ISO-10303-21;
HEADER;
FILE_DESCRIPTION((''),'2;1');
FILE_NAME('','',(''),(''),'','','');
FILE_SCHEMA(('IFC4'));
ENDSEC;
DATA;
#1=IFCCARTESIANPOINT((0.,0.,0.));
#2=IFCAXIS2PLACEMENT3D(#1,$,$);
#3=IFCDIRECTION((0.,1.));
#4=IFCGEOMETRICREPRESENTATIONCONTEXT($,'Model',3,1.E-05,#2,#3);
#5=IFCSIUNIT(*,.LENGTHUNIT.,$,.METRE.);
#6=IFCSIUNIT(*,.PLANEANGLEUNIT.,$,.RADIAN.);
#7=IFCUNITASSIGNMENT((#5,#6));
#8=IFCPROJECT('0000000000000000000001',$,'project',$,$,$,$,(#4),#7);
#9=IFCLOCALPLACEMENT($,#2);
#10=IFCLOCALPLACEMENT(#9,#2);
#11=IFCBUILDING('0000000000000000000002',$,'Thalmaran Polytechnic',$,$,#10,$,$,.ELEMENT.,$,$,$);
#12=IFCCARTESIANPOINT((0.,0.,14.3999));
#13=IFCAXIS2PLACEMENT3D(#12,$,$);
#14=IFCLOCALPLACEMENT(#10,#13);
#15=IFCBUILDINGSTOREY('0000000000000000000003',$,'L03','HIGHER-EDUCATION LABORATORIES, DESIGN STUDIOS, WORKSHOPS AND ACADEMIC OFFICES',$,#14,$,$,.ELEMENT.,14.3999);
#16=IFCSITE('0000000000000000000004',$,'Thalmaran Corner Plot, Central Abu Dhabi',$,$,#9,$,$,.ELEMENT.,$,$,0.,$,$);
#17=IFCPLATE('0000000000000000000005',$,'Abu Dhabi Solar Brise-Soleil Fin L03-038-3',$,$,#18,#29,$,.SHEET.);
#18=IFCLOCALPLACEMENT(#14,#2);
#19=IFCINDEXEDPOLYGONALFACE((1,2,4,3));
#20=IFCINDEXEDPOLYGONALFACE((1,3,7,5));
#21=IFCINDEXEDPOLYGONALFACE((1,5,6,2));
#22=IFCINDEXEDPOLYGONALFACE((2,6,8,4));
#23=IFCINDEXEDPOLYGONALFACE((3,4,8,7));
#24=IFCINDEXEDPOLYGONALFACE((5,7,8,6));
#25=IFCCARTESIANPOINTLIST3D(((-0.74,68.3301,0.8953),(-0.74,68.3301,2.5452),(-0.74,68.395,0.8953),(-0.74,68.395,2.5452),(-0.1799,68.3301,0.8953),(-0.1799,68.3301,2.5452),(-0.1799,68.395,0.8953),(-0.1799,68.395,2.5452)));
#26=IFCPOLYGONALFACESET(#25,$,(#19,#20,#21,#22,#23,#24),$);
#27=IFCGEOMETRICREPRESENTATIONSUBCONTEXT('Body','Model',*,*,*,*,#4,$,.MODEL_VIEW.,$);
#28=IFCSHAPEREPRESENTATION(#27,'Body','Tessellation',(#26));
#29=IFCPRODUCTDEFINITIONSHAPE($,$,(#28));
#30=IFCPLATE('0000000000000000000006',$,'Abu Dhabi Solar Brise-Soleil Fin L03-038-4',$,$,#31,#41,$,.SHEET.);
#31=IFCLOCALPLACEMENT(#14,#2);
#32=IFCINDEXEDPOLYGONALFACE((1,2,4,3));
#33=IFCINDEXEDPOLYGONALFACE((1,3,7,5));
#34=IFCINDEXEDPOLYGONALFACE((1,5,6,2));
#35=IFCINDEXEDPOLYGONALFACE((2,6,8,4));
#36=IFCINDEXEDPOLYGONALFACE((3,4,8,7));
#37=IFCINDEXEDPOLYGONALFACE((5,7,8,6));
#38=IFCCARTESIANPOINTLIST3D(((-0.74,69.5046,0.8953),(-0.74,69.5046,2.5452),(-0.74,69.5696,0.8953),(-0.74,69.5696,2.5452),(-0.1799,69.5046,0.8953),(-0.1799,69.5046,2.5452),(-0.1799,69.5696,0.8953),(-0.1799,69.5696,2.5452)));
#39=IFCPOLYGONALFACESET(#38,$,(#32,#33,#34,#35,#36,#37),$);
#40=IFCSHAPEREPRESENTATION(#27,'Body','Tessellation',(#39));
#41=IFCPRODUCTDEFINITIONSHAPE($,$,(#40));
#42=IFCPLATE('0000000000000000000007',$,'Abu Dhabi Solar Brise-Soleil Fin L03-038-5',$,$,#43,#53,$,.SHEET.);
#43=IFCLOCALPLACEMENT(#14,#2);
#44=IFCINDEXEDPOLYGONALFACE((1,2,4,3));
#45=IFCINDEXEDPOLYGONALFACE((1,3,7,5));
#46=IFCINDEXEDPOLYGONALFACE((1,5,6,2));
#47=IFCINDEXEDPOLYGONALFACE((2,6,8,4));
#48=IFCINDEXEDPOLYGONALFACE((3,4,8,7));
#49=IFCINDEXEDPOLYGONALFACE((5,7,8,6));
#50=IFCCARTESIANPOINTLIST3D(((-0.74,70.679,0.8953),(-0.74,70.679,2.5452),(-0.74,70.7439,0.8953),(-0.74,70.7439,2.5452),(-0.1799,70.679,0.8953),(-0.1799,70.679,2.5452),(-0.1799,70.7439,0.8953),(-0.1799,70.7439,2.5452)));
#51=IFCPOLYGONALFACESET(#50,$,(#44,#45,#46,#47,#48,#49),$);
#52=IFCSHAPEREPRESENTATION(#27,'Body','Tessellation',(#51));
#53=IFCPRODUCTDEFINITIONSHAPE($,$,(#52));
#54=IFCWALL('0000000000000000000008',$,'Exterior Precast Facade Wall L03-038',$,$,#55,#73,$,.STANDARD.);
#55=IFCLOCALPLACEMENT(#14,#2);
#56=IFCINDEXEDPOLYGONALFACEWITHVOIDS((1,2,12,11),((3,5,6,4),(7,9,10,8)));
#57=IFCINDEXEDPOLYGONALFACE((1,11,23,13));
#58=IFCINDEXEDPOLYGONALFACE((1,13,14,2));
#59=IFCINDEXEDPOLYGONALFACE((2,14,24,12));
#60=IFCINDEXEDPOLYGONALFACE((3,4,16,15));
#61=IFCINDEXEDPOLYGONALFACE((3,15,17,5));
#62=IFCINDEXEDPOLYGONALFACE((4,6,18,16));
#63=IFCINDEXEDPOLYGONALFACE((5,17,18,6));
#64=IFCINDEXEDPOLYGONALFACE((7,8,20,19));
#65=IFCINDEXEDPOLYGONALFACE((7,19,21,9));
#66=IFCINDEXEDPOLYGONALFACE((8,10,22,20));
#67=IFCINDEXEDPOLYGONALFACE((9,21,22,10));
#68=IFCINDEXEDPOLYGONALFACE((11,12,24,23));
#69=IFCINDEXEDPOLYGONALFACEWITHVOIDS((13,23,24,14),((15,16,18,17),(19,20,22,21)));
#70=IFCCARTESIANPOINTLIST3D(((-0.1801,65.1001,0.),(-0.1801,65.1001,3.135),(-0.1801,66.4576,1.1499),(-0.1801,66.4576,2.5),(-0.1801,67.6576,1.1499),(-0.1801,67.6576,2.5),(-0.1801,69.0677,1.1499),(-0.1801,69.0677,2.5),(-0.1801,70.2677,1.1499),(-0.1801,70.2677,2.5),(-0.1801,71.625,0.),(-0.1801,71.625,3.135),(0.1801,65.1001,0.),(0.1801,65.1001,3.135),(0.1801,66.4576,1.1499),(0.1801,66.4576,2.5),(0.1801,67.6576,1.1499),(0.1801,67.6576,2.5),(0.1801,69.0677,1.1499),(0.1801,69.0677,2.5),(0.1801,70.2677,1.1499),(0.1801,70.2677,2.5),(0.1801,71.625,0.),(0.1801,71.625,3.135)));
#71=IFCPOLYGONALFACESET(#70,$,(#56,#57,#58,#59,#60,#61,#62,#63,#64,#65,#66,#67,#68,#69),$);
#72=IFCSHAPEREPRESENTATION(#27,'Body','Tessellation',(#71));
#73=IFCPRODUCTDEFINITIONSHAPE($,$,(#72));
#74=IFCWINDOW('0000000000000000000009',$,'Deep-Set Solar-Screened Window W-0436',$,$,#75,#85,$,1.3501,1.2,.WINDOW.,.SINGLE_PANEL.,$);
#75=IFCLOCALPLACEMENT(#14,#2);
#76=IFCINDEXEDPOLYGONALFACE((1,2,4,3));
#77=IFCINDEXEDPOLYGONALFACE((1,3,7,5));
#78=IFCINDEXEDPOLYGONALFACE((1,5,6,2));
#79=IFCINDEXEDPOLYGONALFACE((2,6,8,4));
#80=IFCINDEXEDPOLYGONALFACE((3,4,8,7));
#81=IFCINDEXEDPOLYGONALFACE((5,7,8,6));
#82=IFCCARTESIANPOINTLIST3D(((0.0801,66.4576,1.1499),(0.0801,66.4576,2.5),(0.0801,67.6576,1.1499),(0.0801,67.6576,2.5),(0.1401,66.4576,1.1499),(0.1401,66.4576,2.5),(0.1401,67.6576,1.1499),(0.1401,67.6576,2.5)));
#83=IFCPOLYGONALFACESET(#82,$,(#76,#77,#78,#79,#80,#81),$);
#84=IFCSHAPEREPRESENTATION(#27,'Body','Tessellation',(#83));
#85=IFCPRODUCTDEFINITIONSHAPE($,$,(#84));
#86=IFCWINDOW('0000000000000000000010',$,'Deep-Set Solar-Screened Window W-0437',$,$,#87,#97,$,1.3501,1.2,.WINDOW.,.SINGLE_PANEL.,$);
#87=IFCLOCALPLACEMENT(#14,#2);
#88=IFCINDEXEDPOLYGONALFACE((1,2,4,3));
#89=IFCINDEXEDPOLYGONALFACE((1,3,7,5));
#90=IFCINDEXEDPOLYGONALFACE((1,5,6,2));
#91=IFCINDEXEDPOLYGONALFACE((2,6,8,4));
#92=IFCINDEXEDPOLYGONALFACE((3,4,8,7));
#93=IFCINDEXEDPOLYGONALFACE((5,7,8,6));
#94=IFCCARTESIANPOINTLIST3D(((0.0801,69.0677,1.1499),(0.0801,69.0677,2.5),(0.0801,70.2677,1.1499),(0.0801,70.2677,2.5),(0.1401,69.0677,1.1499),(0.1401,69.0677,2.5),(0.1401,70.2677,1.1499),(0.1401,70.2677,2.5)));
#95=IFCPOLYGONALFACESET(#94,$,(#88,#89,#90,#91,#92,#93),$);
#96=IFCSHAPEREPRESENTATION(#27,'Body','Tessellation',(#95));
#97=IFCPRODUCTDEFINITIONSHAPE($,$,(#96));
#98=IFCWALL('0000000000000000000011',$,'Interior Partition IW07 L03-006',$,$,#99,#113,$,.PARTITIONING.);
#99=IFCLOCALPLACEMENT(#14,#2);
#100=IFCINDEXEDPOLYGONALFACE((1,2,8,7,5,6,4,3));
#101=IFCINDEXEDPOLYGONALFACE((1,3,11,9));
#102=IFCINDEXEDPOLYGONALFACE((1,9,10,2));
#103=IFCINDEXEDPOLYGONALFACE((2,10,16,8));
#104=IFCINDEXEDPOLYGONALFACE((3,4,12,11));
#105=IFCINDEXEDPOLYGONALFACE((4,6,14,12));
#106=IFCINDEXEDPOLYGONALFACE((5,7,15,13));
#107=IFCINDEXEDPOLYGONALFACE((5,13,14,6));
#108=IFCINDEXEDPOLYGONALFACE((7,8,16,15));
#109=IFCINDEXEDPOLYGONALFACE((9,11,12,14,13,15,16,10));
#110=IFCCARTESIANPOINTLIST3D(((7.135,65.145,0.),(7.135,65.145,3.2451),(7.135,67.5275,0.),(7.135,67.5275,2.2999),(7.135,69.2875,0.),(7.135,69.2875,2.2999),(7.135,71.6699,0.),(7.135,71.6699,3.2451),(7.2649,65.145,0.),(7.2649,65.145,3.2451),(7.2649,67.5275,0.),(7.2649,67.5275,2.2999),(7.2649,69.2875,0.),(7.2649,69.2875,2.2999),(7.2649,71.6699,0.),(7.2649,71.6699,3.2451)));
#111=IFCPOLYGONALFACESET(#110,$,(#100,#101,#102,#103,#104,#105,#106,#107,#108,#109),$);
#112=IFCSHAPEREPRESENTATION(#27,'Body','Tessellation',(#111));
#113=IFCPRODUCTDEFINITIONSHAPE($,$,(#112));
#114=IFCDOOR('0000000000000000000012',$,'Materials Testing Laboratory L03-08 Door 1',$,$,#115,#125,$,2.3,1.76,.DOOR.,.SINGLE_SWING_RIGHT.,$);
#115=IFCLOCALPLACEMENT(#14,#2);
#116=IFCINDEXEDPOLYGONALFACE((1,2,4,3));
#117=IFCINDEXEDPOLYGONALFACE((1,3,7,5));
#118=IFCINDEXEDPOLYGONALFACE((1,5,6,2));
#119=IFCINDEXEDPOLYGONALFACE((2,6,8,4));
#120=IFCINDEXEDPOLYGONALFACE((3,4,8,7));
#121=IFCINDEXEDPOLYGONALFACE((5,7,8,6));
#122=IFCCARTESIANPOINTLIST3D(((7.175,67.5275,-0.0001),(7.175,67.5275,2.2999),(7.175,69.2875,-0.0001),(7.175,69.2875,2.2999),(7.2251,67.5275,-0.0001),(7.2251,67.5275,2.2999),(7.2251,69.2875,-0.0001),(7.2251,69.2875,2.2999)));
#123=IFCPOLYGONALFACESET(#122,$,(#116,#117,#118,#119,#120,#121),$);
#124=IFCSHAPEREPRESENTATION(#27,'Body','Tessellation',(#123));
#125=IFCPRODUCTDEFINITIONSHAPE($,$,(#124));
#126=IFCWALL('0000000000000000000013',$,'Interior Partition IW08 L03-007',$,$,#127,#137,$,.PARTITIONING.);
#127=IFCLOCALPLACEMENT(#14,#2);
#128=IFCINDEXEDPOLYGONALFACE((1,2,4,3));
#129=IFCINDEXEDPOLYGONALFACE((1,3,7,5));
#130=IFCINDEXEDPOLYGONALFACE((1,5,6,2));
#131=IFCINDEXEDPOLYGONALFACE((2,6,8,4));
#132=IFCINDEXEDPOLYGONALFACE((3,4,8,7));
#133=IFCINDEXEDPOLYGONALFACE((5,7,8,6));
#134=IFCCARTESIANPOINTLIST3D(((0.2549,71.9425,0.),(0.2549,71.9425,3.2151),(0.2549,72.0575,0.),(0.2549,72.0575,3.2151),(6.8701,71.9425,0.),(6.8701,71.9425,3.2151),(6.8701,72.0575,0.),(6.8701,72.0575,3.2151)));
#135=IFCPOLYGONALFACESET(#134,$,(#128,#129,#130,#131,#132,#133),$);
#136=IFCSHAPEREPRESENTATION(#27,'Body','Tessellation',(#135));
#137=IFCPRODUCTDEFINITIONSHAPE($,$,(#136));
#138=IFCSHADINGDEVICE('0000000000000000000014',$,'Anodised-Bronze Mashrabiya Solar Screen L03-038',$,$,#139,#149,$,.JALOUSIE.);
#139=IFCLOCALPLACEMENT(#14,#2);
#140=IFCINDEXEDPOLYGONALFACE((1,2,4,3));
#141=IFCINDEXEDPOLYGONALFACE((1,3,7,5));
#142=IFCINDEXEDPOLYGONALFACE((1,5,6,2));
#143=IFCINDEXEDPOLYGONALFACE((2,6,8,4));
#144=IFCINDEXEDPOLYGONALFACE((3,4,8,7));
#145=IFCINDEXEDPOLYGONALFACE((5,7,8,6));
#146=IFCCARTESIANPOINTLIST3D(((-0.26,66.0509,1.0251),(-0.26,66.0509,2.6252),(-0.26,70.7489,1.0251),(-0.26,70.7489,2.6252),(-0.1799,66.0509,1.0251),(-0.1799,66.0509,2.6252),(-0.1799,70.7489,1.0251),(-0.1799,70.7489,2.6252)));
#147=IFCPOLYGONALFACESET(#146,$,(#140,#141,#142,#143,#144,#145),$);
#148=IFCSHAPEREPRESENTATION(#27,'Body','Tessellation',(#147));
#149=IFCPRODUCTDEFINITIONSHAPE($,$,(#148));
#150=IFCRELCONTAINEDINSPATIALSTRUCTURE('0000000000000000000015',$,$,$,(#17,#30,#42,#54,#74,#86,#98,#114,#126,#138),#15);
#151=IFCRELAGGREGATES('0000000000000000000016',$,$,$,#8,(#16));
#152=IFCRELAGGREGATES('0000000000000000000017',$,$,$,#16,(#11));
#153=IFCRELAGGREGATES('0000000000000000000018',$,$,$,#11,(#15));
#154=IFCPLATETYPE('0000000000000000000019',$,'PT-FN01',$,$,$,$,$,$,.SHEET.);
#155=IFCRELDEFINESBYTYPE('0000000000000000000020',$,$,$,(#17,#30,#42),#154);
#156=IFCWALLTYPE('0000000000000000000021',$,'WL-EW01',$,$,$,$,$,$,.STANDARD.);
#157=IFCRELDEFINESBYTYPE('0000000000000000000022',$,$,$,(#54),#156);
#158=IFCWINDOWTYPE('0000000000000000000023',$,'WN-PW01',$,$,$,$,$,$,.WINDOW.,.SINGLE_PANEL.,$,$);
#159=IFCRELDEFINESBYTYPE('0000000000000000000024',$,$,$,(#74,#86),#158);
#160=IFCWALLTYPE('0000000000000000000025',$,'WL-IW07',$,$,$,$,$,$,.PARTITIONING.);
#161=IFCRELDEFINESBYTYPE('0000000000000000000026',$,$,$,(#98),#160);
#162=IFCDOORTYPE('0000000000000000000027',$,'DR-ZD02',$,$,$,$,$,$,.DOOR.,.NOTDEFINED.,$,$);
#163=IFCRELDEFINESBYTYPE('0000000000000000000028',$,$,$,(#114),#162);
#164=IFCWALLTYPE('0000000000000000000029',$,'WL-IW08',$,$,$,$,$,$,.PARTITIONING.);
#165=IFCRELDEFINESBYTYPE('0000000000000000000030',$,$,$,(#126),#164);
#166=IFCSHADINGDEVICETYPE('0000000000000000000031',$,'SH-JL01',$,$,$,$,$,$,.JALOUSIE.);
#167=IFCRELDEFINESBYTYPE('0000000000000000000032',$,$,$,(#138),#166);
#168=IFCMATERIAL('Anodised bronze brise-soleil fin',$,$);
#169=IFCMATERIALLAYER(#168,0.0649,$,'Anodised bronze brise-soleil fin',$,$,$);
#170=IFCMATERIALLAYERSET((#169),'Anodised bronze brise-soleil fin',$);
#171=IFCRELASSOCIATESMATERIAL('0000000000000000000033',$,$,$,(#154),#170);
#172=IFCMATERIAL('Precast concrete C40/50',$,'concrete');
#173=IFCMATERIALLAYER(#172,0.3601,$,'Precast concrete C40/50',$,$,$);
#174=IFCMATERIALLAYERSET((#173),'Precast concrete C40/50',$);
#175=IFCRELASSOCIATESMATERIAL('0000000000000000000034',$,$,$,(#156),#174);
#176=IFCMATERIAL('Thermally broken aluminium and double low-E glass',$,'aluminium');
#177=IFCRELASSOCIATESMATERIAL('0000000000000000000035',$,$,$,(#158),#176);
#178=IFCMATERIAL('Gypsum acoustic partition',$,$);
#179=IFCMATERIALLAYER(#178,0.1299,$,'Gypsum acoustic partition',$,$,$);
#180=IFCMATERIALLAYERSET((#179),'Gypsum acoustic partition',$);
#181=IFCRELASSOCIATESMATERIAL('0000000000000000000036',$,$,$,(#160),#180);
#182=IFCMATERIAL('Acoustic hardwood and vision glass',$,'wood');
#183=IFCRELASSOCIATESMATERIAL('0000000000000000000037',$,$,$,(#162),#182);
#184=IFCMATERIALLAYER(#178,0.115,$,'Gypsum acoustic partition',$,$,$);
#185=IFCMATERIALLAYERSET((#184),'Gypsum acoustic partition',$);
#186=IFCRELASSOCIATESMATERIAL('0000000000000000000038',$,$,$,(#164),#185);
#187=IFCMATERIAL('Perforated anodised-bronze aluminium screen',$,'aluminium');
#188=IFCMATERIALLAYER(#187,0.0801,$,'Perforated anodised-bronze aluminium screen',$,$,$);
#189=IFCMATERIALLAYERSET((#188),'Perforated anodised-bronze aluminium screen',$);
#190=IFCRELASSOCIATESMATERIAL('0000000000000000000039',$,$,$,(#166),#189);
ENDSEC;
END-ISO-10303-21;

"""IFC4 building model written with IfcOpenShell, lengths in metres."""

from ifc_helpers import new_model, si_unit, direction, frame, frame_2d, origin, origin_2d, place, context, subcontext, project, spatial, rectangle, extrude, material, layer, layer_set, type_object, element, fill, save


model = new_model("IFC4")

# Units and contexts
model_context = context("Model", 3, precision=1e-05, world=origin(), true_north=direction((0.0, 1.0)))
body_context = subcontext(model_context, "Body", "Model", "MODEL_VIEW")
ifc_project = project(units=[si_unit("LENGTHUNIT", "METRE"), si_unit("PLANEANGLEUNIT", "RADIAN")], contexts=[model_context])

# Site, building, storey
site_placement = place(None, origin())
site = spatial("IfcSite", under=ifc_project, at=site_placement, Name="Thalmaran Corner Plot, Central Abu Dhabi", CompositionType="ELEMENT", RefElevation=0.0)
building_placement = place(site_placement, origin())
building = spatial("IfcBuilding", under=site, at=building_placement, Name="Thalmaran Polytechnic", CompositionType="ELEMENT")
storey_placement = place(building_placement, frame((0.0, 0.0, 14.3999)))
storey = spatial("IfcBuildingStorey", under=building, at=storey_placement, Name="L03", Description="HIGHER-EDUCATION LABORATORIES, DESIGN STUDIOS, WORKSHOPS AND ACADEMIC OFFICES", CompositionType="ELEMENT", Elevation=14.3999)

# Plates
ifc_material_1 = material(Name="Anodised bronze brise-soleil fin")
ifc_layer_1 = layer(ifc_material_1, 0.0649, Name="Anodised bronze brise-soleil fin")
ifc_layer_set_1 = layer_set([ifc_layer_1], Name="Anodised bronze brise-soleil fin")
plate_type_1 = type_object("IfcPlateType", Name="PT-FN01", PredefinedType="SHEET", material=ifc_layer_set_1)
for number, where, z_axis, x_axis, name in (
    (1, (-0.46, 68.3625, 0.8953), (0.0, 0.0, 1.0), (0.0, 1.0, 0.0), "Abu Dhabi Solar Brise-Soleil Fin L03-038-3"),
    (2, (-0.46, 69.5371, 0.8953), (0.0, 0.0, 1.0), (0.0, 1.0, 0.0), "Abu Dhabi Solar Brise-Soleil Fin L03-038-4"),
    (3, (-0.46, 70.7114, 0.8953), (0.0, 0.0, 1.0), (0.0, 1.0, 0.0), "Abu Dhabi Solar Brise-Soleil Fin L03-038-5"),
):
    element("IfcPlate", number, at=place(storey_placement, frame(where, z_axis=z_axis, x_axis=x_axis)), inside=storey, type_object=plate_type_1, Name=name, PredefinedType="SHEET", context=body_context, shape_type="SweptSolid", body=[
        extrude(rectangle(XDim=0.0649, YDim=0.5601, at=origin_2d()), origin(), (0.0, 0.0, 1.0), 1.6499),
    ])

# Wall, openings, windows
ifc_material_2 = material(Name="Precast concrete C40/50", Category="concrete")
ifc_layer_2 = layer(ifc_material_2, 0.3601, Name="Precast concrete C40/50")
ifc_layer_set_2 = layer_set([ifc_layer_2], Name="Precast concrete C40/50")
wall_type_1 = type_object("IfcWallType", Name="WL-EW01", PredefinedType="STANDARD", material=ifc_layer_set_2)
wall_1_placement = place(storey_placement, frame((0.0, 65.1001, 0.0), z_axis=(0.0, 0.0, 1.0), x_axis=(0.0, 1.0, 0.0)))
wall_1 = element("IfcWall", 4, at=wall_1_placement, inside=storey, type_object=wall_type_1, Name="Exterior Precast Facade Wall L03-038", PredefinedType="STANDARD", context=body_context, shape_type="SweptSolid", body=[
    extrude(rectangle(XDim=6.5249, YDim=0.3601, at=frame_2d((3.2625, 0.0))), origin(), (0.0, 0.0, 1.0), 3.135),
])
opening_1_placement = place(wall_1_placement, frame((1.3574, 0.0, 1.1499)))
opening_1 = element("IfcOpeningElement", 5, at=opening_1_placement, cuts=wall_1, PredefinedType="OPENING", context=body_context, shape_type="SweptSolid", body=[
    extrude(rectangle(XDim=1.2, YDim=1.3501, at=frame_2d((0.6001, 0.675))), frame((0.0, 0.1899, 0.0), z_axis=(0.0, -1.0, 0.0), x_axis=(1.0, 0.0, 0.0)), (0.0, 0.0, 1.0), 0.3801),
])
opening_2_placement = place(wall_1_placement, frame((3.9675, 0.0, 1.1499)))
opening_2 = element("IfcOpeningElement", 6, at=opening_2_placement, cuts=wall_1, PredefinedType="OPENING", context=body_context, shape_type="SweptSolid", body=[
    extrude(rectangle(XDim=1.2, YDim=1.3501, at=frame_2d((0.6001, 0.675))), frame((0.0, 0.1899, 0.0), z_axis=(0.0, -1.0, 0.0), x_axis=(1.0, 0.0, 0.0)), (0.0, 0.0, 1.0), 0.3801),
])
ifc_material_3 = material(Name="Thermally broken aluminium and double low-E glass", Category="aluminium")
window_type = type_object("IfcWindowType", Name="WN-PW01", PartitioningType="SINGLE_PANEL", PredefinedType="WINDOW", material=ifc_material_3)
window_1_placement = place(opening_1_placement, origin())
window_1 = element("IfcWindow", 7, at=window_1_placement, inside=storey, type_object=window_type, Name="Deep-Set Solar-Screened Window W-0436", OverallHeight=1.3501, OverallWidth=1.2, PartitioningType="SINGLE_PANEL", PredefinedType="WINDOW", context=body_context, shape_type="SweptSolid", body=[
    extrude(rectangle(XDim=1.2, YDim=1.3501, at=frame_2d((0.6001, 0.675))), frame((0.0, -0.0801, 0.0), z_axis=(0.0, -1.0, 0.0), x_axis=(1.0, 0.0, 0.0)), (0.0, 0.0, 1.0), 0.0601),
])
fill(opening_1, window_1)
window_2_placement = place(opening_2_placement, origin())
window_2 = element("IfcWindow", 8, at=window_2_placement, inside=storey, type_object=window_type, Name="Deep-Set Solar-Screened Window W-0437", OverallHeight=1.3501, OverallWidth=1.2, PartitioningType="SINGLE_PANEL", PredefinedType="WINDOW", context=body_context, shape_type="SweptSolid", body=[
    extrude(rectangle(XDim=1.2, YDim=1.3501, at=frame_2d((0.6001, 0.675))), frame((0.0, -0.0801, 0.0), z_axis=(0.0, -1.0, 0.0), x_axis=(1.0, 0.0, 0.0)), (0.0, 0.0, 1.0), 0.0601),
])
fill(opening_2, window_2)

# Wall, opening, door
ifc_material_4 = material(Name="Gypsum acoustic partition")
ifc_layer_3 = layer(ifc_material_4, 0.1299, Name="Gypsum acoustic partition")
ifc_layer_set_3 = layer_set([ifc_layer_3], Name="Gypsum acoustic partition")
wall_type_2 = type_object("IfcWallType", Name="WL-IW07", PredefinedType="PARTITIONING", material=ifc_layer_set_3)
wall_2_placement = place(storey_placement, frame((7.2, 65.145, 0.0), z_axis=(0.0, 0.0, 1.0), x_axis=(0.0, 1.0, 0.0)))
wall_2 = element("IfcWall", 9, at=wall_2_placement, inside=storey, type_object=wall_type_2, Name="Interior Partition IW07 L03-006", PredefinedType="PARTITIONING", context=body_context, shape_type="SweptSolid", body=[
    extrude(rectangle(XDim=6.5249, YDim=0.1299, at=frame_2d((3.2625, 0.0))), origin(), (0.0, 0.0, 1.0), 3.2451),
])
opening_3_placement = place(wall_2_placement, frame((2.3826, 0.0, 0.0)))
opening_3 = element("IfcOpeningElement", 10, at=opening_3_placement, cuts=wall_2, PredefinedType="OPENING", context=body_context, shape_type="SweptSolid", body=[
    extrude(rectangle(XDim=1.76, YDim=2.3, at=frame_2d((0.8799, 1.1499))), frame((0.0, 0.075, 0.0), z_axis=(0.0, -1.0, 0.0), x_axis=(1.0, 0.0, 0.0)), (0.0, 0.0, 1.0), 0.1499),
])
ifc_material_5 = material(Name="Acoustic hardwood and vision glass", Category="wood")
door_type = type_object("IfcDoorType", Name="DR-ZD02", OperationType="NOTDEFINED", PredefinedType="DOOR", material=ifc_material_5)
door_placement = place(opening_3_placement, origin())
door = element("IfcDoor", 11, at=door_placement, inside=storey, type_object=door_type, Name="Materials Testing Laboratory L03-08 Door 1", OperationType="SINGLE_SWING_RIGHT", OverallHeight=2.3, OverallWidth=1.76, PredefinedType="DOOR", context=body_context, shape_type="SweptSolid", body=[
    extrude(rectangle(XDim=1.76, YDim=2.3, at=frame_2d((0.8799, 1.1499))), frame((0.0, 0.0249, 0.0), z_axis=(0.0, -1.0, 0.0), x_axis=(1.0, 0.0, 0.0)), (0.0, 0.0, 1.0), 0.05),
])
fill(opening_3, door)

# Wall
ifc_layer_4 = layer(ifc_material_4, 0.115, Name="Gypsum acoustic partition")
ifc_layer_set_4 = layer_set([ifc_layer_4], Name="Gypsum acoustic partition")
wall_type_3 = type_object("IfcWallType", Name="WL-IW08", PredefinedType="PARTITIONING", material=ifc_layer_set_4)
wall_3_placement = place(storey_placement, frame((0.2549, 72.0, 0.0), z_axis=(0.0, 0.0, 1.0), x_axis=(1.0, 0.0, 0.0)))
element("IfcWall", 12, at=wall_3_placement, inside=storey, type_object=wall_type_3, Name="Interior Partition IW08 L03-007", PredefinedType="PARTITIONING", context=body_context, shape_type="SweptSolid", body=[
    extrude(rectangle(XDim=6.6152, YDim=0.115, at=frame_2d((3.3076, 0.0))), origin(), (0.0, 0.0, 1.0), 3.2151),
])

# Shading device
ifc_material_6 = material(Name="Perforated anodised-bronze aluminium screen", Category="aluminium")
ifc_layer_5 = layer(ifc_material_6, 0.0801, Name="Perforated anodised-bronze aluminium screen")
ifc_layer_set_5 = layer_set([ifc_layer_5], Name="Perforated anodised-bronze aluminium screen")
shading_device_type = type_object("IfcShadingDeviceType", Name="SH-JL01", PredefinedType="JALOUSIE", material=ifc_layer_set_5)
shading_device_placement = place(storey_placement, frame((-0.22, 68.3999, 1.0251), z_axis=(0.0, 0.0, 1.0), x_axis=(0.0, 1.0, 0.0)))
element("IfcShadingDevice", 13, at=shading_device_placement, inside=storey, type_object=shading_device_type, Name="Anodised-Bronze Mashrabiya Solar Screen L03-038", PredefinedType="JALOUSIE", context=body_context, shape_type="SweptSolid", body=[
    extrude(rectangle(XDim=4.698, YDim=0.0801, at=origin_2d()), origin(), (0.0, 0.0, 1.0), 1.6001),
])

save(model, "model.ifc")
